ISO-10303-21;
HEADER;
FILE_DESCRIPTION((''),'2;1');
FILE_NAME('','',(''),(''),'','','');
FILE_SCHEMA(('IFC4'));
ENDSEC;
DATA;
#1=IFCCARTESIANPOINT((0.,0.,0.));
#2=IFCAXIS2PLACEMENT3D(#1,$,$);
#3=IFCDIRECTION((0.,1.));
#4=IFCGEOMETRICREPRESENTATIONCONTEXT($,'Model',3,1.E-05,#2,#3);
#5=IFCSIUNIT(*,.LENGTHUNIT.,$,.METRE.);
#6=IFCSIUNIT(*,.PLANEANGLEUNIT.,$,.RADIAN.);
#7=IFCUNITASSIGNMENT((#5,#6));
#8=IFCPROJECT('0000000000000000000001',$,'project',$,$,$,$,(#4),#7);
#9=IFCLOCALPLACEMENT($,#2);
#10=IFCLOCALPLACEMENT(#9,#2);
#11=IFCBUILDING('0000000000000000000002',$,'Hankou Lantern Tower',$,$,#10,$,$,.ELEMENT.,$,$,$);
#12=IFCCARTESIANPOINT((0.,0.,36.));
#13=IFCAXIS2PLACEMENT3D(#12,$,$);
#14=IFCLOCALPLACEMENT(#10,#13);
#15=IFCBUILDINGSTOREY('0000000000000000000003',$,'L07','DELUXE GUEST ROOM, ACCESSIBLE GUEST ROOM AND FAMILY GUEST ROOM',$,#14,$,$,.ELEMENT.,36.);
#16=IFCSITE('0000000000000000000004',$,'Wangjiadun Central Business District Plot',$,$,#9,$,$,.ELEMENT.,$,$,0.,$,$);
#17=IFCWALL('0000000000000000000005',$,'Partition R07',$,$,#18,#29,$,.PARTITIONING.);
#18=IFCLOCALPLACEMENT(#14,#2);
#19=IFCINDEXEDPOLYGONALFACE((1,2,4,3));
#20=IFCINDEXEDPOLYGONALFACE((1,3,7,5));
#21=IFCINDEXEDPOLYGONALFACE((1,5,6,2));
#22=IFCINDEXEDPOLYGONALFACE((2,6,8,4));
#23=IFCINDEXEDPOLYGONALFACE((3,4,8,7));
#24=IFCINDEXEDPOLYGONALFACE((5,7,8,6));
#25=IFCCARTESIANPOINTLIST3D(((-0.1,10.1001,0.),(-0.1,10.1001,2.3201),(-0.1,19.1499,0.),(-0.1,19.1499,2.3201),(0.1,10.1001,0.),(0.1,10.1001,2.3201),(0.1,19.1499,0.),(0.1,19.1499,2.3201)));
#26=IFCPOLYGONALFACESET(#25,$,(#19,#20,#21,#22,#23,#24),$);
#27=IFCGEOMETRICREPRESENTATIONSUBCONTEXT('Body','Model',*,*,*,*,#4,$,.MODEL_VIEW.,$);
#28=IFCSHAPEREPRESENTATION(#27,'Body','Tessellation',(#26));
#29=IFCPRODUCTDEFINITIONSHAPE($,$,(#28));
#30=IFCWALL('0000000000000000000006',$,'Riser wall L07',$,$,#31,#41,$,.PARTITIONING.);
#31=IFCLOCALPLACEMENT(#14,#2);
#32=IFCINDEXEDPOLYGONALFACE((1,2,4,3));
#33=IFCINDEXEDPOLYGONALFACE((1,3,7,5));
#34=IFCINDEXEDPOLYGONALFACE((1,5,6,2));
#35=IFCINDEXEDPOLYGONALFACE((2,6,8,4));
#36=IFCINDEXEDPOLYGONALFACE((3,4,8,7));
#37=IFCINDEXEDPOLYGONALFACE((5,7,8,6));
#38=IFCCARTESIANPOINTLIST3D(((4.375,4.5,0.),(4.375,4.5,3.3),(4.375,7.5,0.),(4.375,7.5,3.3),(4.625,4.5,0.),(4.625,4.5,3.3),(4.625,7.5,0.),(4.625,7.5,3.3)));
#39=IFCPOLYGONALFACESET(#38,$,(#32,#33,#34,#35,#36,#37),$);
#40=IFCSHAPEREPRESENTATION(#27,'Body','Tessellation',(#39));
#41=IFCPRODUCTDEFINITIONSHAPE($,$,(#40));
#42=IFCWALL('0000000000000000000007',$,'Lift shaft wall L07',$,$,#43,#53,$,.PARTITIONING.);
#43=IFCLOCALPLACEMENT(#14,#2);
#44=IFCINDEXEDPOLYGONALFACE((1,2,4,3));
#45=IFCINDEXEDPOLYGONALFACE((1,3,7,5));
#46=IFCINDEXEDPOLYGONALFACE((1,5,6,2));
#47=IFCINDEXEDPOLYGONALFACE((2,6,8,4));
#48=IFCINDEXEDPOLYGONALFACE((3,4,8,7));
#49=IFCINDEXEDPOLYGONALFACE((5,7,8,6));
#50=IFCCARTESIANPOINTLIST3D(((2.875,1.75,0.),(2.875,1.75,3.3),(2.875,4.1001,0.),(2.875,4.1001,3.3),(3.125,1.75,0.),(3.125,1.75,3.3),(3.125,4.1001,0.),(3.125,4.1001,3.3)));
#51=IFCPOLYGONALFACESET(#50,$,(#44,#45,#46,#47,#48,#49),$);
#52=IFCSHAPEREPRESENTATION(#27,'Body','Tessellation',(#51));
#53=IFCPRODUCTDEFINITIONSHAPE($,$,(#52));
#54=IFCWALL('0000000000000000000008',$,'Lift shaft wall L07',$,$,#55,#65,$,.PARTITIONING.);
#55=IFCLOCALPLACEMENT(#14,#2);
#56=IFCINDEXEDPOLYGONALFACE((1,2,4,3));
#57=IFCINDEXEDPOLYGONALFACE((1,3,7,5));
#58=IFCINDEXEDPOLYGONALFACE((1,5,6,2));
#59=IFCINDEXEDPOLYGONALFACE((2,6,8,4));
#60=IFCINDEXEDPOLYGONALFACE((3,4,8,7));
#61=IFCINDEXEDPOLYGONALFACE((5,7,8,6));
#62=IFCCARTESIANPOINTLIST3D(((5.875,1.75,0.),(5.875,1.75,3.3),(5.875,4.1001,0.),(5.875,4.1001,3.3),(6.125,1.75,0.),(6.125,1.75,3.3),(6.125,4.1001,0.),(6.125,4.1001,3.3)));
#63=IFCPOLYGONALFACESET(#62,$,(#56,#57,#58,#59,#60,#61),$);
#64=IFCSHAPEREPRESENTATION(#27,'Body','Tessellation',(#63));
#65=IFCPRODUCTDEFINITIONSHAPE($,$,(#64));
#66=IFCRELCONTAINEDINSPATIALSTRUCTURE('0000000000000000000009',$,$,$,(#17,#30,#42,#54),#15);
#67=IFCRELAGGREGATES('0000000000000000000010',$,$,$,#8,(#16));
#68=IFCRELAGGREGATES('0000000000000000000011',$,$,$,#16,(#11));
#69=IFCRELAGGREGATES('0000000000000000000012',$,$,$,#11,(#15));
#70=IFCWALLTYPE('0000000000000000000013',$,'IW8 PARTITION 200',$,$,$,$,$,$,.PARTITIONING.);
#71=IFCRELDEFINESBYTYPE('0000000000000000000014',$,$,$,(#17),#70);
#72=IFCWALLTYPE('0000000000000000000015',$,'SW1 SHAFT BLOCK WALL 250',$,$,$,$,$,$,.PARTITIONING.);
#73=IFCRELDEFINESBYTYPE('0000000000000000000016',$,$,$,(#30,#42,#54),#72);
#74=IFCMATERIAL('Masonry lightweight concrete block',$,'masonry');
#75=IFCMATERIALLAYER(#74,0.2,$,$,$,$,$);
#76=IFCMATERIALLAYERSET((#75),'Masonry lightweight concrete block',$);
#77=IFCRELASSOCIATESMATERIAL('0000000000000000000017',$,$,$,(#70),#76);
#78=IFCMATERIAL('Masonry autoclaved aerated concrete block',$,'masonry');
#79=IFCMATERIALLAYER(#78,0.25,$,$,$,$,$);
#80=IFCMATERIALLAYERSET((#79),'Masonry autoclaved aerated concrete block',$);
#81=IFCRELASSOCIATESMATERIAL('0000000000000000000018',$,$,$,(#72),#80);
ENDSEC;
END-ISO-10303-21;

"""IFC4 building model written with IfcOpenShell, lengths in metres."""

from ifc_helpers import new_model, si_unit, direction, frame, frame_2d, origin, place, context, subcontext, project, spatial, rectangle, extrude, material, layer, layer_set, type_object, element, save


model = new_model("IFC4")

# Units and contexts
model_context = context("Model", 3, precision=1e-05, world=origin(), true_north=direction((0.0, 1.0)))
body_context = subcontext(model_context, "Body", "Model", "MODEL_VIEW")
ifc_project = project(units=[si_unit("LENGTHUNIT", "METRE"), si_unit("PLANEANGLEUNIT", "RADIAN")], contexts=[model_context])

# Site, building, storey
site_placement = place(None, origin())
site = spatial("IfcSite", under=ifc_project, at=site_placement, Name="Wangjiadun Central Business District Plot", CompositionType="ELEMENT", RefElevation=0.0)
building_placement = place(site_placement, origin())
building = spatial("IfcBuilding", under=site, at=building_placement, Name="Hankou Lantern Tower", CompositionType="ELEMENT")
storey_placement = place(building_placement, frame((0.0, 0.0, 36.0)))
storey = spatial("IfcBuildingStorey", under=building, at=storey_placement, Name="L07", Description="DELUXE GUEST ROOM, ACCESSIBLE GUEST ROOM AND FAMILY GUEST ROOM", CompositionType="ELEMENT", Elevation=36.0)

# Walls
ifc_material_1 = material(Name="Masonry lightweight concrete block", Category="masonry")
ifc_layer_1 = layer(ifc_material_1, 0.2)
ifc_layer_set_1 = layer_set([ifc_layer_1], Name="Masonry lightweight concrete block")
wall_type_1 = type_object("IfcWallType", Name="IW8 PARTITION 200", PredefinedType="PARTITIONING", material=ifc_layer_set_1)
wall_1_placement = place(storey_placement, frame((0.0, 10.1001, 0.0), z_axis=(0.0, 0.0, 1.0), x_axis=(0.0, 1.0, 0.0)))
element("IfcWall", 1, at=wall_1_placement, inside=storey, type_object=wall_type_1, Name="Partition R07", PredefinedType="PARTITIONING", context=body_context, shape_type="SweptSolid", body=[
    extrude(rectangle(XDim=9.0498, YDim=0.2, at=frame_2d((4.5249, 0.0))), origin(), (0.0, 0.0, 1.0), 2.3201),
])
ifc_material_2 = material(Name="Masonry autoclaved aerated concrete block", Category="masonry")
ifc_layer_2 = layer(ifc_material_2, 0.25)
ifc_layer_set_2 = layer_set([ifc_layer_2], Name="Masonry autoclaved aerated concrete block")
wall_type_2 = type_object("IfcWallType", Name="SW1 SHAFT BLOCK WALL 250", PredefinedType="PARTITIONING", material=ifc_layer_set_2)
wall_2_placement = place(storey_placement, frame((4.5, 4.5, 0.0), z_axis=(0.0, 0.0, 1.0), x_axis=(0.0, 1.0, 0.0)))
element("IfcWall", 2, at=wall_2_placement, inside=storey, type_object=wall_type_2, Name="Riser wall L07", PredefinedType="PARTITIONING", context=body_context, shape_type="SweptSolid", body=[
    extrude(rectangle(XDim=3.0, YDim=0.25, at=frame_2d((1.5, 0.0))), origin(), (0.0, 0.0, 1.0), 3.3),
])
for number, where, z_axis, x_axis, name in (
    (3, (3.0, 1.75, 0.0), (0.0, 0.0, 1.0), (0.0, 1.0, 0.0), "Lift shaft wall L07"),
    (4, (6.0, 1.75, 0.0), (0.0, 0.0, 1.0), (0.0, 1.0, 0.0), "Lift shaft wall L07"),
):
    element("IfcWall", number, at=place(storey_placement, frame(where, z_axis=z_axis, x_axis=x_axis)), inside=storey, type_object=wall_type_2, Name=name, PredefinedType="PARTITIONING", context=body_context, shape_type="SweptSolid", body=[
        extrude(rectangle(XDim=2.3501, YDim=0.25, at=frame_2d((1.175, 0.0))), origin(), (0.0, 0.0, 1.0), 3.3),
    ])

save(model, "model.ifc")
